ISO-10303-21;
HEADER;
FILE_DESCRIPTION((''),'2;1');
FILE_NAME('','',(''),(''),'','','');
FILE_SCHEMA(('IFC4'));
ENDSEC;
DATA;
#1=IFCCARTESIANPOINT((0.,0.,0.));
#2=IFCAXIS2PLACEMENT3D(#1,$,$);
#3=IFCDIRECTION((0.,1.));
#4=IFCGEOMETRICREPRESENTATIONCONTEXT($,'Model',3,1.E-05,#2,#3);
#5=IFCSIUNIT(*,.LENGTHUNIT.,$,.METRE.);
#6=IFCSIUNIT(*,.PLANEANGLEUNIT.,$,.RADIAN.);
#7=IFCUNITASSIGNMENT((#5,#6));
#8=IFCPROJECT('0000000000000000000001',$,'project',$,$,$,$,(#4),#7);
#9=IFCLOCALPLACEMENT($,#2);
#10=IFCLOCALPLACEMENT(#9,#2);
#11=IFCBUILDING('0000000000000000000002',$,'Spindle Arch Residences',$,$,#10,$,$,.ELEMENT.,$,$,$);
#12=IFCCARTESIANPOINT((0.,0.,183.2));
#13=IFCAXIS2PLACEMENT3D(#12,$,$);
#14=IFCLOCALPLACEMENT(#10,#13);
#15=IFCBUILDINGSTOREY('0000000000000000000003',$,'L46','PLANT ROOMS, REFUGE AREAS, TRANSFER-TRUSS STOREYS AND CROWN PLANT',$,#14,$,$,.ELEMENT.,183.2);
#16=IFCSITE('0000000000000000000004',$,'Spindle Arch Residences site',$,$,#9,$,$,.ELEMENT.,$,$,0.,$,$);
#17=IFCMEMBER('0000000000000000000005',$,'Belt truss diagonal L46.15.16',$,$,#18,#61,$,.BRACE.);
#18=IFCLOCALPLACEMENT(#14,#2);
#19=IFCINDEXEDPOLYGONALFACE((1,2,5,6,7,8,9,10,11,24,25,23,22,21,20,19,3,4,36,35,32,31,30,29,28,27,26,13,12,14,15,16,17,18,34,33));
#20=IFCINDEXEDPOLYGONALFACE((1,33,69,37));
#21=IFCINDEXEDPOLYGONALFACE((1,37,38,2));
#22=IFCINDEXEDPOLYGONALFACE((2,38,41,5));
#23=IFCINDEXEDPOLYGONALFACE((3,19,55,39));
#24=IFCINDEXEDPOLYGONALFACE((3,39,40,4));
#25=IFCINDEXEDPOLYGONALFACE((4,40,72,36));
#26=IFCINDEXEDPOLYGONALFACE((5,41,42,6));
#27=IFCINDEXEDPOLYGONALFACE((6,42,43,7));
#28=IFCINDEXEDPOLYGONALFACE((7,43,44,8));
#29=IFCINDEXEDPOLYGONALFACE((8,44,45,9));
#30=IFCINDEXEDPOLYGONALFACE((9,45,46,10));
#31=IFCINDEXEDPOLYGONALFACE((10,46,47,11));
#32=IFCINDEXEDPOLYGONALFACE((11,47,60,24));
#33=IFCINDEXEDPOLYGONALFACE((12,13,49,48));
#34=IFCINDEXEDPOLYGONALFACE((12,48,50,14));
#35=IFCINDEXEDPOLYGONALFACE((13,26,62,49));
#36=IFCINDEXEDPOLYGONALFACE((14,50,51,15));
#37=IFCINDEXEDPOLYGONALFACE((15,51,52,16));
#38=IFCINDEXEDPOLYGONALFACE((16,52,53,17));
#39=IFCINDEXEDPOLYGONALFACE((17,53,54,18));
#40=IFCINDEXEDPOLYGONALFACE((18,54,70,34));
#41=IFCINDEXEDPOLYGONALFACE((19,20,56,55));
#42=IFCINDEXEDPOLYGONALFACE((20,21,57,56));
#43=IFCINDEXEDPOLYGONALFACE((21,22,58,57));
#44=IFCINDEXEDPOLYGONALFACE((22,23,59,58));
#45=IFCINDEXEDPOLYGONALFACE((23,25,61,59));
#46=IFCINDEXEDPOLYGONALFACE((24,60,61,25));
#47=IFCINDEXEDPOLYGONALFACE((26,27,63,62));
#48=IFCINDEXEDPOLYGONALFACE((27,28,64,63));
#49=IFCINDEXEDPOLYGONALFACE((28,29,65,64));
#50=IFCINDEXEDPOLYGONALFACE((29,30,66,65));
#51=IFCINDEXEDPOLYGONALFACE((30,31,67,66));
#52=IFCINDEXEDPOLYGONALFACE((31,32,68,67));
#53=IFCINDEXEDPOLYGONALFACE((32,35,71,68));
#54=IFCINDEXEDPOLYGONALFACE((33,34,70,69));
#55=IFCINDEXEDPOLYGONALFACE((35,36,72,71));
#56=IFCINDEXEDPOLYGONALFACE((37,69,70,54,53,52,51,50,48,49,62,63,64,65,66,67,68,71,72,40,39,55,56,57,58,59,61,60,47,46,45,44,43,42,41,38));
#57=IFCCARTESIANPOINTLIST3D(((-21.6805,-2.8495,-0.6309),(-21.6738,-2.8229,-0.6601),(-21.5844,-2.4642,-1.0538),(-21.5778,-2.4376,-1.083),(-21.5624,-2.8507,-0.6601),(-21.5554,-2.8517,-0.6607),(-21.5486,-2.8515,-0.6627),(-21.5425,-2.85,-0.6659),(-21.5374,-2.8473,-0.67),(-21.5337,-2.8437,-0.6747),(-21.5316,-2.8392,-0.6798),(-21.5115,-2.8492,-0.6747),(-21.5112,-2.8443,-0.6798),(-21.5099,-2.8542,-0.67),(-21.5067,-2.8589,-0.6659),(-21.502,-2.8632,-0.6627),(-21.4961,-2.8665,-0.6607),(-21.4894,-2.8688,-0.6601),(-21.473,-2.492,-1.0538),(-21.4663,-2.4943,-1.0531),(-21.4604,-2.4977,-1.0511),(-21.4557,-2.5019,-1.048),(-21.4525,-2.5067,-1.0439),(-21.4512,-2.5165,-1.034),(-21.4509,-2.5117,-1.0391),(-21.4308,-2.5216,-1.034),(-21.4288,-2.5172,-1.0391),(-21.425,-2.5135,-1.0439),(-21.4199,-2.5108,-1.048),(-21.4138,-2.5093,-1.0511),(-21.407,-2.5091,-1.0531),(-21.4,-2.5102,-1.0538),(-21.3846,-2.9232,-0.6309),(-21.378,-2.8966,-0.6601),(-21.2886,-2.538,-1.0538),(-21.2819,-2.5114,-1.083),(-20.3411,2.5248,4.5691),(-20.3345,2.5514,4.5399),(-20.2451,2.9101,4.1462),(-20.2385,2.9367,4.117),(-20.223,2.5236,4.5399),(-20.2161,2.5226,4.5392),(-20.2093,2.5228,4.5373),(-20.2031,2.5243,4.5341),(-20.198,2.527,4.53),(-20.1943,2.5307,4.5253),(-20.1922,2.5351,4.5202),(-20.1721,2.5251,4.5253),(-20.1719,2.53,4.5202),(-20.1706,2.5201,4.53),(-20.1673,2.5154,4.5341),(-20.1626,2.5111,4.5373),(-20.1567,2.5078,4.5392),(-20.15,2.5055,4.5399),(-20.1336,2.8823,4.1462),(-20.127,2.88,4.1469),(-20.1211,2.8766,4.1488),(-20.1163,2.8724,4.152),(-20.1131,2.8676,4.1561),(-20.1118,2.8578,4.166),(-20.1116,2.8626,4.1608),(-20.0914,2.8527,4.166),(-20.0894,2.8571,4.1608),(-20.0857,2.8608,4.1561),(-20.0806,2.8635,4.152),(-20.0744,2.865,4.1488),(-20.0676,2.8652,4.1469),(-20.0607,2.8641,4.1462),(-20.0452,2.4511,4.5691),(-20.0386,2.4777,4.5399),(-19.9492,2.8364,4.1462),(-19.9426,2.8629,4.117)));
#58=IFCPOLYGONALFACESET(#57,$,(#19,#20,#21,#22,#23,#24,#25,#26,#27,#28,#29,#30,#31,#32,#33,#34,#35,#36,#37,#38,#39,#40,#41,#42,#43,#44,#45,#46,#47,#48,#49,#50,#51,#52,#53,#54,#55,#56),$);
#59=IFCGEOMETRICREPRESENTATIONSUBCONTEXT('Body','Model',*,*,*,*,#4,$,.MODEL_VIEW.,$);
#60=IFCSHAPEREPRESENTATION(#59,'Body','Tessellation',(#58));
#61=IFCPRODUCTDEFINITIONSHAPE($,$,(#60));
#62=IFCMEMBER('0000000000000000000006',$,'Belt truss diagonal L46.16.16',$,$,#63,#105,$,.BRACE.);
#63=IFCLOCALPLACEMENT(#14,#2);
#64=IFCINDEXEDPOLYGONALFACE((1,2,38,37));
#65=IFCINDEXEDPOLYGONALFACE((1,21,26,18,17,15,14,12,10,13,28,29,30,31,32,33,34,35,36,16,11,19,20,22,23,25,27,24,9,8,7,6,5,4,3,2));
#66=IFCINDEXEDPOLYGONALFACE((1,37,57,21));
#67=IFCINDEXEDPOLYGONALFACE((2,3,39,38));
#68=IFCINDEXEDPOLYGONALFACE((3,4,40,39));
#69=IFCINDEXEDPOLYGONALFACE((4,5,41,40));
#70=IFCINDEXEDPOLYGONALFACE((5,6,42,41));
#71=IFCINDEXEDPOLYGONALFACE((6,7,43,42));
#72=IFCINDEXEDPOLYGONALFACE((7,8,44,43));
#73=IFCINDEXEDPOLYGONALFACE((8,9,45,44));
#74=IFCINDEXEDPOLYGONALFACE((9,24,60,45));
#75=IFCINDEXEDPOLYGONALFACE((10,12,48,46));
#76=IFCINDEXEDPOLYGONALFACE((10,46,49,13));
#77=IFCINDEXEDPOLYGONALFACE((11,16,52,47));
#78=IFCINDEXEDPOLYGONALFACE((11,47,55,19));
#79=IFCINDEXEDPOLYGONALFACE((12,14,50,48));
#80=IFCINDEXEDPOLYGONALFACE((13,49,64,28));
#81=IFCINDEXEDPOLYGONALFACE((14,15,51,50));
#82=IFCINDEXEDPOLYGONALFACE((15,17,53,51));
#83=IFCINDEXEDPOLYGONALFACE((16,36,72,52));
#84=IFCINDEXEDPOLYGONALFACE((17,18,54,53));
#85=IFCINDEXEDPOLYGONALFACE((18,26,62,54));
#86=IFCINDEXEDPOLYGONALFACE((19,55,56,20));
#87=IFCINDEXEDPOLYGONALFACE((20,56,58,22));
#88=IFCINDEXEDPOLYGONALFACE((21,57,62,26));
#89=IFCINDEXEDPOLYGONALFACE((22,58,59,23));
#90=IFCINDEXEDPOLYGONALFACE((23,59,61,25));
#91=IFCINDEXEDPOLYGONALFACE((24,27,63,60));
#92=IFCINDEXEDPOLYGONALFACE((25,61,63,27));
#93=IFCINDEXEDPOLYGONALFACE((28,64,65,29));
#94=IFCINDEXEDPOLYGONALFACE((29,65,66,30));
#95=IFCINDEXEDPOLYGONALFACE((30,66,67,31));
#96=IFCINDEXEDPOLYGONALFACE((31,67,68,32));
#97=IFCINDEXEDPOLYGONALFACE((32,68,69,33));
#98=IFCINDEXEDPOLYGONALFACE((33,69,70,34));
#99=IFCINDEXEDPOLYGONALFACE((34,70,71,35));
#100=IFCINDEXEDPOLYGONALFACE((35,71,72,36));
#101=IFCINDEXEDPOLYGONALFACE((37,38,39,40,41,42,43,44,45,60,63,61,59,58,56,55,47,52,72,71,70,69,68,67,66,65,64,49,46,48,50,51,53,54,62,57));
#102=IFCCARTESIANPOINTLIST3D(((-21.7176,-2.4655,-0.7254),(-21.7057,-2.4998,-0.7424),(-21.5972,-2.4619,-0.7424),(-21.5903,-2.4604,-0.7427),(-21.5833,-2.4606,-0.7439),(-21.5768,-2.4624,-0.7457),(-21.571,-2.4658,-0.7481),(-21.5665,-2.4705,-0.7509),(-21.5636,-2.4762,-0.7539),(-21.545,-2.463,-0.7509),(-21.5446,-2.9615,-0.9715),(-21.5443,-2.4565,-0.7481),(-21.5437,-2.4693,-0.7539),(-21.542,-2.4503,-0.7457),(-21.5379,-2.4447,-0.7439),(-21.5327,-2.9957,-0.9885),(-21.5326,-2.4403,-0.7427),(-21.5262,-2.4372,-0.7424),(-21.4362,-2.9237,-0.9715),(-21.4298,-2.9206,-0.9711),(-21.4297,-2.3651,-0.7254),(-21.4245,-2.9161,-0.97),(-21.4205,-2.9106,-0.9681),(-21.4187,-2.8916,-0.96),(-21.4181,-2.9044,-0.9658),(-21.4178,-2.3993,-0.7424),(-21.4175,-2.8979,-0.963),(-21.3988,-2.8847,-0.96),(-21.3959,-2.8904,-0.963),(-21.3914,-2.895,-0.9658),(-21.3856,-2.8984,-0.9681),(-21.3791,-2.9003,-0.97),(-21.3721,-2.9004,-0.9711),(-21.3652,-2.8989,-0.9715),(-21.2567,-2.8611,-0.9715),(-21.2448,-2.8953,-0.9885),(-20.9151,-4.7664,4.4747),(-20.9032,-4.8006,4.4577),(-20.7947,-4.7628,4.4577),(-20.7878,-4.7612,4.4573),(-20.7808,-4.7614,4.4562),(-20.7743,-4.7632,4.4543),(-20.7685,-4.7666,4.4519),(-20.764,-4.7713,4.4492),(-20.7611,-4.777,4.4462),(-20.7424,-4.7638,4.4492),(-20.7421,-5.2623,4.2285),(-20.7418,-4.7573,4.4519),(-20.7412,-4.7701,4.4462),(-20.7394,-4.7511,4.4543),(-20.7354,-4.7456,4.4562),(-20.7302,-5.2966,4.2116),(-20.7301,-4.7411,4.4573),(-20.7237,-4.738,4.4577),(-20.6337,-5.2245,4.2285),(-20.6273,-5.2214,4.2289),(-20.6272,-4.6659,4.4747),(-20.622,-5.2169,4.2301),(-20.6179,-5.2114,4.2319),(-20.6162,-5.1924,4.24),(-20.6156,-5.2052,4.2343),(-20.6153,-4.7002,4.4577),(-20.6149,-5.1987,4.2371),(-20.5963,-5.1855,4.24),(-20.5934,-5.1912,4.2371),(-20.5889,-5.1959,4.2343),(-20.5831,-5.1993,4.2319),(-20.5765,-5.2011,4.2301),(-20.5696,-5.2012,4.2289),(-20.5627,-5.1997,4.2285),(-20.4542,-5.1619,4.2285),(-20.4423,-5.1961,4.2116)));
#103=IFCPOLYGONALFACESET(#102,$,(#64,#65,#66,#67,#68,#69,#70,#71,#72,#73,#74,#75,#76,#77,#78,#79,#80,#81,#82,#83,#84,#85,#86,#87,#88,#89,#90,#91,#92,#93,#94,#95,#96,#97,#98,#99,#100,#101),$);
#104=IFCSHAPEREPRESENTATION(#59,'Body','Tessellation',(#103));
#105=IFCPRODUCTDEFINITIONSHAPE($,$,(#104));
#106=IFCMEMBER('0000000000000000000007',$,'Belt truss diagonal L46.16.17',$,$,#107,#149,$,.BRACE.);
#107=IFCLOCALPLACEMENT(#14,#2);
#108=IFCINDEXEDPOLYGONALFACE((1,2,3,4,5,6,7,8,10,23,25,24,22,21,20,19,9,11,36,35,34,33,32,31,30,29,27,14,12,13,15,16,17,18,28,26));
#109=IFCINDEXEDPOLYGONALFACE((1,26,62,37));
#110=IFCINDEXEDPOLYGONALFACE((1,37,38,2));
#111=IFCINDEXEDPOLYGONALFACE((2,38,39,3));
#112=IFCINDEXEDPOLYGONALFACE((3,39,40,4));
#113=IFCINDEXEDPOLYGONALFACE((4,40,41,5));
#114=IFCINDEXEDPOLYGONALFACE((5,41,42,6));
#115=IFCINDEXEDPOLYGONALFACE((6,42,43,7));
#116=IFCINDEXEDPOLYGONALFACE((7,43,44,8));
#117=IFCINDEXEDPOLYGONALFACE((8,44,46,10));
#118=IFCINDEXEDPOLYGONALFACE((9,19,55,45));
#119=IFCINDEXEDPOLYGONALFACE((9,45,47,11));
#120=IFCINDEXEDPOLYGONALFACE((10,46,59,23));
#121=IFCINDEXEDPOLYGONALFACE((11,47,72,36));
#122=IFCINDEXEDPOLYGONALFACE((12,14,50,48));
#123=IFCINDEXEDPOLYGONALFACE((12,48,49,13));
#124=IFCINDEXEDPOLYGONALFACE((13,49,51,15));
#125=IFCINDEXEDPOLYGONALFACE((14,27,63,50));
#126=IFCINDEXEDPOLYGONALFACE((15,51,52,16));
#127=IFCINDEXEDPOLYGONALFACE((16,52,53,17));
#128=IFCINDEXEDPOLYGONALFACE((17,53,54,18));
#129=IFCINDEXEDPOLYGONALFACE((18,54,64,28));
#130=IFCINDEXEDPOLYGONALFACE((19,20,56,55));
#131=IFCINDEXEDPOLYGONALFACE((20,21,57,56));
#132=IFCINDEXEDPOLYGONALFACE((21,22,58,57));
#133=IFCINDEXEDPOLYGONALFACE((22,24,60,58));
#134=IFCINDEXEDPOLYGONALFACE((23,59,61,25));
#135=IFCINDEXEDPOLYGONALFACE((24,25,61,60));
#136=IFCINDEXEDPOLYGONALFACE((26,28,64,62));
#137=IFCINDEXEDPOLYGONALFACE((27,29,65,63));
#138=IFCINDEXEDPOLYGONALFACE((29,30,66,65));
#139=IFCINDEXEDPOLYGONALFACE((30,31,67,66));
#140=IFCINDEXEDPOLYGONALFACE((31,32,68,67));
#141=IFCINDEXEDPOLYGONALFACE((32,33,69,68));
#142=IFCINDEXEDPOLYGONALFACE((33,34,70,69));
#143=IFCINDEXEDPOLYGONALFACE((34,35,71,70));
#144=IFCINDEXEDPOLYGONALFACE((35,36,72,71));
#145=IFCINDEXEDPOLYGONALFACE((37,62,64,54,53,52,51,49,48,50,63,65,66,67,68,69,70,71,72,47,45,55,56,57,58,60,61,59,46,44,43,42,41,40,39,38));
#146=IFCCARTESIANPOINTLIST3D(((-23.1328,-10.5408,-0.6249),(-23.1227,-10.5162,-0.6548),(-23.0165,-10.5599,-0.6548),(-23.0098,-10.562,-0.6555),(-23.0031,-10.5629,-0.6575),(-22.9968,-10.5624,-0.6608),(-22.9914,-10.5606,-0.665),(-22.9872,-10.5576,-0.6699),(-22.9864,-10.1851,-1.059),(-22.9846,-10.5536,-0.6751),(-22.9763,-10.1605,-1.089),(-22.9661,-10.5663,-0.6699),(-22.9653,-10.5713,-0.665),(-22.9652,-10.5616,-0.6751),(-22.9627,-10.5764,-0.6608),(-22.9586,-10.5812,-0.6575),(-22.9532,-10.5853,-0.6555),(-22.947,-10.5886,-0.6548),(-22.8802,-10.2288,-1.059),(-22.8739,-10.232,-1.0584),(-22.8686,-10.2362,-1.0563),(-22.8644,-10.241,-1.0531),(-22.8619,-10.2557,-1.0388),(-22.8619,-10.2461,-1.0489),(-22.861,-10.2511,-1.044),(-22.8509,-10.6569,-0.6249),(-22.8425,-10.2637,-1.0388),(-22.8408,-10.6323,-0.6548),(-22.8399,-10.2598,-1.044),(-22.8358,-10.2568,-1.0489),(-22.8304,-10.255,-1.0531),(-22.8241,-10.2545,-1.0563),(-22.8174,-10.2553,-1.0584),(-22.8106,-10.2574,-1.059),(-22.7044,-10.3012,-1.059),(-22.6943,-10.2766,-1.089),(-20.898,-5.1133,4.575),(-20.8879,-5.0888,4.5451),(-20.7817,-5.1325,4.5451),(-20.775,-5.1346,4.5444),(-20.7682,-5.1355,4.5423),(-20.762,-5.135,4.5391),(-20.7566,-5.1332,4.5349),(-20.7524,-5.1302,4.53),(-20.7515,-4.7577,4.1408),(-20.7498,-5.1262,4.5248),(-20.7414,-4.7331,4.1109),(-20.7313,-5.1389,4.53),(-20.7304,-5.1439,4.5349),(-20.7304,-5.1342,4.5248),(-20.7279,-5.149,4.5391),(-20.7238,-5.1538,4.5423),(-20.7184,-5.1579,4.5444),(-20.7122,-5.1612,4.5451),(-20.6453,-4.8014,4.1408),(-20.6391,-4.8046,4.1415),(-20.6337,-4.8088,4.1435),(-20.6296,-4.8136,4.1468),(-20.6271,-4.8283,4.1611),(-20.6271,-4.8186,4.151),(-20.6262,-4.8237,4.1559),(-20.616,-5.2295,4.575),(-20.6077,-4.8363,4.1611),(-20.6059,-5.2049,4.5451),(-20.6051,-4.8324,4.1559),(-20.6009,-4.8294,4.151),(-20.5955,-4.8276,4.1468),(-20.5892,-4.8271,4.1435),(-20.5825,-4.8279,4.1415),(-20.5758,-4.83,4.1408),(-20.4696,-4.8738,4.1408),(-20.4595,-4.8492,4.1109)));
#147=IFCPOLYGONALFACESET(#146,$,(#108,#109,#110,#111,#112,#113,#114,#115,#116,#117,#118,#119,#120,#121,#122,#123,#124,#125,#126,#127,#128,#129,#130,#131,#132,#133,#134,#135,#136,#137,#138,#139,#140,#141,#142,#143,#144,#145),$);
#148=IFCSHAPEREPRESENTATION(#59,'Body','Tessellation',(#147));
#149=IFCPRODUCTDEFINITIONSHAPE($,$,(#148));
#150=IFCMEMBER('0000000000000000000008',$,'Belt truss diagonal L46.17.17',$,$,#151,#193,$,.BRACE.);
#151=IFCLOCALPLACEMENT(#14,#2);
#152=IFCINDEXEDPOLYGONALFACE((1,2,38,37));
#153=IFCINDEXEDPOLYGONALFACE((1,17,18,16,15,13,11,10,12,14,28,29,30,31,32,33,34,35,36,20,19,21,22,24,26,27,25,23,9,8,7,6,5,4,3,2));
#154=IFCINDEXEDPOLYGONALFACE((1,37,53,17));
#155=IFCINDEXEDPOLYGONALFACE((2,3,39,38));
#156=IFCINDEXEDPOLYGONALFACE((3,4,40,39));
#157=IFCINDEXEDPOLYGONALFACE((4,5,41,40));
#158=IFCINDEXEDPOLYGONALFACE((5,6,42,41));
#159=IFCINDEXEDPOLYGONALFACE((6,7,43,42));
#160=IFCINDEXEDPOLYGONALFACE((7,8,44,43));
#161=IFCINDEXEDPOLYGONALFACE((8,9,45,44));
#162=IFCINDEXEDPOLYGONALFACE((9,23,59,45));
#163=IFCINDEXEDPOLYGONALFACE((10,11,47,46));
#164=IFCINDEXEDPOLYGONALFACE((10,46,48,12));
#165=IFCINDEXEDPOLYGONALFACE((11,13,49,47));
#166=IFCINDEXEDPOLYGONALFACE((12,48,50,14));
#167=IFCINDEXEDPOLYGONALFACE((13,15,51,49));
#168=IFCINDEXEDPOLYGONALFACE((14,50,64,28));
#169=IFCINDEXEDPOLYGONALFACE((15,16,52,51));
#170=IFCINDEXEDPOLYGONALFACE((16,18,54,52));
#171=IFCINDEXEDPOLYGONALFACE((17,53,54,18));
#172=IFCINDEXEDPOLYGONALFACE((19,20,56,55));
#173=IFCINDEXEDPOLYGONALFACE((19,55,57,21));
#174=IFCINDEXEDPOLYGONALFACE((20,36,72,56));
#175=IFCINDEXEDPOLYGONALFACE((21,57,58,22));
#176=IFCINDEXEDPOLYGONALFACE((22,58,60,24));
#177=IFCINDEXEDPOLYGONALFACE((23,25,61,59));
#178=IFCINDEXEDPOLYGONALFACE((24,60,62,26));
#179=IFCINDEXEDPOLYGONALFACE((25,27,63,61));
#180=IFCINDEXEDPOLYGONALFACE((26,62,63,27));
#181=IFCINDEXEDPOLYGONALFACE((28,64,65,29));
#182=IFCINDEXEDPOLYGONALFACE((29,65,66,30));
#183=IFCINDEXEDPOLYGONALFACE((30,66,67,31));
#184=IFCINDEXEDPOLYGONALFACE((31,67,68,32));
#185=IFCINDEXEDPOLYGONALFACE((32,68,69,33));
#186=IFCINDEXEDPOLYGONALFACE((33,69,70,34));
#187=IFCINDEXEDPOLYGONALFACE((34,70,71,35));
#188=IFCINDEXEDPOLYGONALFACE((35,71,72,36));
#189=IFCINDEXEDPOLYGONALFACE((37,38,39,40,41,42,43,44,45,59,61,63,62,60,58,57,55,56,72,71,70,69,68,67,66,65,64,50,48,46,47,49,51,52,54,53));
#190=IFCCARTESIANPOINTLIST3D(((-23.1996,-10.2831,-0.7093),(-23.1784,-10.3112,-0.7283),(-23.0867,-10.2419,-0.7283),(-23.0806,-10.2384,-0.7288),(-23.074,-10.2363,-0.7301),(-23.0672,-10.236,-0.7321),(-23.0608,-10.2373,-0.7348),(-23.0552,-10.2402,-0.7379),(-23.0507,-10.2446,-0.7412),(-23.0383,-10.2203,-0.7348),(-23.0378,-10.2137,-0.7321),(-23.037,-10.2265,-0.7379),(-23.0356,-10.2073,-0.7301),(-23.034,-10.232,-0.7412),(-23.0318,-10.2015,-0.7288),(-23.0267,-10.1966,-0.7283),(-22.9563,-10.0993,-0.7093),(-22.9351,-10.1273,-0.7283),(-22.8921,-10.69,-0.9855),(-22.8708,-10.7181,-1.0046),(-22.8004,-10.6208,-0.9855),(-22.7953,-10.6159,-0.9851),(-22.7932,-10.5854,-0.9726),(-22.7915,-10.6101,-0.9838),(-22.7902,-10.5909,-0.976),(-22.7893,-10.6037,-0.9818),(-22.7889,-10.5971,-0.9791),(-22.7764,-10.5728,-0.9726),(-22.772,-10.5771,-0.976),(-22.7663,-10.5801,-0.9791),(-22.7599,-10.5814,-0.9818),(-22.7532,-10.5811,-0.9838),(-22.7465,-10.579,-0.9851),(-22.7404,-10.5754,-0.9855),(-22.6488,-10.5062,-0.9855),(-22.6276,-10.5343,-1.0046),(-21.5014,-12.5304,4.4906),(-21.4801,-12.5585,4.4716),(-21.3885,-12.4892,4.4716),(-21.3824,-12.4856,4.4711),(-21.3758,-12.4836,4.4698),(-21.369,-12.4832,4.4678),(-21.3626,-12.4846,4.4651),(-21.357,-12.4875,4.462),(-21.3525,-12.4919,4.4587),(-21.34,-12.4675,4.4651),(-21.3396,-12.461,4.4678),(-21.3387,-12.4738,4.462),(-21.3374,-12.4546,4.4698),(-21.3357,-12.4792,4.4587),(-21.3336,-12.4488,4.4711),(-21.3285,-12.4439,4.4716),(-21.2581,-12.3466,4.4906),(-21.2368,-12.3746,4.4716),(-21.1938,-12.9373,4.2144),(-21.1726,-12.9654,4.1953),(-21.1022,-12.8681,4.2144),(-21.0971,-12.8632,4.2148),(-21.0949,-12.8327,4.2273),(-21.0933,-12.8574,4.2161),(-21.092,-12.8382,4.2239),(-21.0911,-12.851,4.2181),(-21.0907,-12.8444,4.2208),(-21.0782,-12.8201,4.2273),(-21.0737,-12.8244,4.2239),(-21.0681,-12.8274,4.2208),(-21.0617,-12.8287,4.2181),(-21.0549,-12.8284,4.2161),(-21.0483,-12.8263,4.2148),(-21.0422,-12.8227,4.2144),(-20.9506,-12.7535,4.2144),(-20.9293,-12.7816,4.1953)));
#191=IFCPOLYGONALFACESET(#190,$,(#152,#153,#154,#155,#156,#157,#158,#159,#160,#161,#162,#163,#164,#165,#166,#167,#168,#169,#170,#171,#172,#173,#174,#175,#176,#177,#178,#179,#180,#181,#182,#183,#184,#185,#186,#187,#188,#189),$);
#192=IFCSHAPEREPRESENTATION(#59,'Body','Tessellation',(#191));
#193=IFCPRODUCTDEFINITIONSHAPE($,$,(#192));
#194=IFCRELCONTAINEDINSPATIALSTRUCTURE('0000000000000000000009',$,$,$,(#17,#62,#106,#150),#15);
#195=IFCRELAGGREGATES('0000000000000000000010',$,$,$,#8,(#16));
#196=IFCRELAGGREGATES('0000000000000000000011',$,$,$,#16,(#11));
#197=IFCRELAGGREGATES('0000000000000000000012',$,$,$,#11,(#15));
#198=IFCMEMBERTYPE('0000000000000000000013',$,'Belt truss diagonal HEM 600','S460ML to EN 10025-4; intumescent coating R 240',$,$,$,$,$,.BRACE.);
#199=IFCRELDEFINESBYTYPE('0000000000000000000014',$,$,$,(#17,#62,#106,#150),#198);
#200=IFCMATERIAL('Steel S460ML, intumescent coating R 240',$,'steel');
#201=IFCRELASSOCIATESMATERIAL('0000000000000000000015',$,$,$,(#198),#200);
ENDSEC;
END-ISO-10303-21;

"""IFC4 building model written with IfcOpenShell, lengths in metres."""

from ifc_helpers import new_model, si_unit, direction, frame, origin, origin_2d, place, context, subcontext, project, spatial, i_section, extrude, material, material_profile, profile_set, type_object, element, save


model = new_model("IFC4")

# Units and contexts
model_context = context("Model", 3, precision=1e-05, world=origin(), true_north=direction((0.0, 1.0)))
body_context = subcontext(model_context, "Body", "Model", "MODEL_VIEW")
ifc_project = project(units=[si_unit("LENGTHUNIT", "METRE"), si_unit("PLANEANGLEUNIT", "RADIAN")], contexts=[model_context])

# Site, building, storey
site_placement = place(None, origin())
site = spatial("IfcSite", under=ifc_project, at=site_placement, Name="Spindle Arch Residences site", CompositionType="ELEMENT", RefElevation=0.0)
building_placement = place(site_placement, origin())
building = spatial("IfcBuilding", under=site, at=building_placement, Name="Spindle Arch Residences", CompositionType="ELEMENT")
storey_placement = place(building_placement, frame((0.0, 0.0, 183.2)))
storey = spatial("IfcBuildingStorey", under=building, at=storey_placement, Name="L46", Description="PLANT ROOMS, REFUGE AREAS, TRANSFER-TRUSS STOREYS AND CROWN PLANT", CompositionType="ELEMENT", Elevation=183.2)

# Members
ifc_material_1 = material(Name="Steel S460ML, intumescent coating R 240", Category="steel")
ifc_material_profile_1 = material_profile(ifc_material_1, i_section(OverallWidth=0.3049, OverallDepth=0.6201, WebThickness=0.021, FlangeThickness=0.04, FilletRadius=0.0271, at=origin_2d()), Name="HEM 600")
ifc_profile_set_1 = profile_set([ifc_material_profile_1], Name="Steel S460ML, intumescent coating R 240")
member_type_1 = type_object("IfcMemberType", Name="Belt truss diagonal HEM 600", Description="S460ML to EN 10025-4; intumescent coating R 240", PredefinedType="BRACE", material=ifc_profile_set_1)
member_1_placement = place(storey_placement, frame((-21.4812, -2.6804, -0.8569), z_axis=(0.176298, 0.707409, 0.684464), x_axis=(-0.970321, 0.24182, 0.0)))
element("IfcMember", 1, at=member_1_placement, inside=storey, type_object=member_type_1, Name="Belt truss diagonal L46.15.16", PredefinedType="BRACE", context=body_context, shape_type="SweptSolid", body=[
    extrude(i_section(OverallWidth=0.3049, OverallDepth=0.6201, WebThickness=0.021, FlangeThickness=0.04, FilletRadius=0.0271, at=origin_2d()), origin(), (0.0, 0.0, 1.0), 7.5972),
])
member_2_placement = place(storey_placement, frame((-21.4812, -2.6804, -0.8569), z_axis=(0.139744, -0.400654, 0.90551), x_axis=(0.944214, 0.329333, 0.0)))
element("IfcMember", 2, at=member_2_placement, inside=storey, type_object=member_type_1, Name="Belt truss diagonal L46.16.16", PredefinedType="BRACE", context=body_context, shape_type="SweptSolid", body=[
    extrude(i_section(OverallWidth=0.3049, OverallDepth=0.6201, WebThickness=0.021, FlangeThickness=0.04, FilletRadius=0.0271, at=origin_2d()), origin(), (0.0, 0.0, 1.0), 5.7427),
])
member_3_placement = place(storey_placement, frame((-22.9136, -10.4087, -0.8569), z_axis=(0.284998, 0.692135, 0.663118), x_axis=(-0.924677, 0.380752, 0.0)))
element("IfcMember", 3, at=member_3_placement, inside=storey, type_object=member_type_1, Name="Belt truss diagonal L46.16.17", PredefinedType="BRACE", context=body_context, shape_type="SweptSolid", body=[
    extrude(i_section(OverallWidth=0.3049, OverallDepth=0.6201, WebThickness=0.021, FlangeThickness=0.04, FilletRadius=0.0271, at=origin_2d()), origin(), (0.0, 0.0, 1.0), 7.8416),
])
member_4_placement = place(storey_placement, frame((-22.9136, -10.4087, -0.8569), z_axis=(0.287162, -0.380007, 0.87928), x_axis=(0.797821, 0.602894, 0.0)))
element("IfcMember", 4, at=member_4_placement, inside=storey, type_object=member_type_1, Name="Belt truss diagonal L46.17.17", PredefinedType="BRACE", context=body_context, shape_type="SweptSolid", body=[
    extrude(i_section(OverallWidth=0.3049, OverallDepth=0.6201, WebThickness=0.021, FlangeThickness=0.04, FilletRadius=0.0271, at=origin_2d()), origin(), (0.0, 0.0, 1.0), 5.9138),
])

save(model, "model.ifc")
